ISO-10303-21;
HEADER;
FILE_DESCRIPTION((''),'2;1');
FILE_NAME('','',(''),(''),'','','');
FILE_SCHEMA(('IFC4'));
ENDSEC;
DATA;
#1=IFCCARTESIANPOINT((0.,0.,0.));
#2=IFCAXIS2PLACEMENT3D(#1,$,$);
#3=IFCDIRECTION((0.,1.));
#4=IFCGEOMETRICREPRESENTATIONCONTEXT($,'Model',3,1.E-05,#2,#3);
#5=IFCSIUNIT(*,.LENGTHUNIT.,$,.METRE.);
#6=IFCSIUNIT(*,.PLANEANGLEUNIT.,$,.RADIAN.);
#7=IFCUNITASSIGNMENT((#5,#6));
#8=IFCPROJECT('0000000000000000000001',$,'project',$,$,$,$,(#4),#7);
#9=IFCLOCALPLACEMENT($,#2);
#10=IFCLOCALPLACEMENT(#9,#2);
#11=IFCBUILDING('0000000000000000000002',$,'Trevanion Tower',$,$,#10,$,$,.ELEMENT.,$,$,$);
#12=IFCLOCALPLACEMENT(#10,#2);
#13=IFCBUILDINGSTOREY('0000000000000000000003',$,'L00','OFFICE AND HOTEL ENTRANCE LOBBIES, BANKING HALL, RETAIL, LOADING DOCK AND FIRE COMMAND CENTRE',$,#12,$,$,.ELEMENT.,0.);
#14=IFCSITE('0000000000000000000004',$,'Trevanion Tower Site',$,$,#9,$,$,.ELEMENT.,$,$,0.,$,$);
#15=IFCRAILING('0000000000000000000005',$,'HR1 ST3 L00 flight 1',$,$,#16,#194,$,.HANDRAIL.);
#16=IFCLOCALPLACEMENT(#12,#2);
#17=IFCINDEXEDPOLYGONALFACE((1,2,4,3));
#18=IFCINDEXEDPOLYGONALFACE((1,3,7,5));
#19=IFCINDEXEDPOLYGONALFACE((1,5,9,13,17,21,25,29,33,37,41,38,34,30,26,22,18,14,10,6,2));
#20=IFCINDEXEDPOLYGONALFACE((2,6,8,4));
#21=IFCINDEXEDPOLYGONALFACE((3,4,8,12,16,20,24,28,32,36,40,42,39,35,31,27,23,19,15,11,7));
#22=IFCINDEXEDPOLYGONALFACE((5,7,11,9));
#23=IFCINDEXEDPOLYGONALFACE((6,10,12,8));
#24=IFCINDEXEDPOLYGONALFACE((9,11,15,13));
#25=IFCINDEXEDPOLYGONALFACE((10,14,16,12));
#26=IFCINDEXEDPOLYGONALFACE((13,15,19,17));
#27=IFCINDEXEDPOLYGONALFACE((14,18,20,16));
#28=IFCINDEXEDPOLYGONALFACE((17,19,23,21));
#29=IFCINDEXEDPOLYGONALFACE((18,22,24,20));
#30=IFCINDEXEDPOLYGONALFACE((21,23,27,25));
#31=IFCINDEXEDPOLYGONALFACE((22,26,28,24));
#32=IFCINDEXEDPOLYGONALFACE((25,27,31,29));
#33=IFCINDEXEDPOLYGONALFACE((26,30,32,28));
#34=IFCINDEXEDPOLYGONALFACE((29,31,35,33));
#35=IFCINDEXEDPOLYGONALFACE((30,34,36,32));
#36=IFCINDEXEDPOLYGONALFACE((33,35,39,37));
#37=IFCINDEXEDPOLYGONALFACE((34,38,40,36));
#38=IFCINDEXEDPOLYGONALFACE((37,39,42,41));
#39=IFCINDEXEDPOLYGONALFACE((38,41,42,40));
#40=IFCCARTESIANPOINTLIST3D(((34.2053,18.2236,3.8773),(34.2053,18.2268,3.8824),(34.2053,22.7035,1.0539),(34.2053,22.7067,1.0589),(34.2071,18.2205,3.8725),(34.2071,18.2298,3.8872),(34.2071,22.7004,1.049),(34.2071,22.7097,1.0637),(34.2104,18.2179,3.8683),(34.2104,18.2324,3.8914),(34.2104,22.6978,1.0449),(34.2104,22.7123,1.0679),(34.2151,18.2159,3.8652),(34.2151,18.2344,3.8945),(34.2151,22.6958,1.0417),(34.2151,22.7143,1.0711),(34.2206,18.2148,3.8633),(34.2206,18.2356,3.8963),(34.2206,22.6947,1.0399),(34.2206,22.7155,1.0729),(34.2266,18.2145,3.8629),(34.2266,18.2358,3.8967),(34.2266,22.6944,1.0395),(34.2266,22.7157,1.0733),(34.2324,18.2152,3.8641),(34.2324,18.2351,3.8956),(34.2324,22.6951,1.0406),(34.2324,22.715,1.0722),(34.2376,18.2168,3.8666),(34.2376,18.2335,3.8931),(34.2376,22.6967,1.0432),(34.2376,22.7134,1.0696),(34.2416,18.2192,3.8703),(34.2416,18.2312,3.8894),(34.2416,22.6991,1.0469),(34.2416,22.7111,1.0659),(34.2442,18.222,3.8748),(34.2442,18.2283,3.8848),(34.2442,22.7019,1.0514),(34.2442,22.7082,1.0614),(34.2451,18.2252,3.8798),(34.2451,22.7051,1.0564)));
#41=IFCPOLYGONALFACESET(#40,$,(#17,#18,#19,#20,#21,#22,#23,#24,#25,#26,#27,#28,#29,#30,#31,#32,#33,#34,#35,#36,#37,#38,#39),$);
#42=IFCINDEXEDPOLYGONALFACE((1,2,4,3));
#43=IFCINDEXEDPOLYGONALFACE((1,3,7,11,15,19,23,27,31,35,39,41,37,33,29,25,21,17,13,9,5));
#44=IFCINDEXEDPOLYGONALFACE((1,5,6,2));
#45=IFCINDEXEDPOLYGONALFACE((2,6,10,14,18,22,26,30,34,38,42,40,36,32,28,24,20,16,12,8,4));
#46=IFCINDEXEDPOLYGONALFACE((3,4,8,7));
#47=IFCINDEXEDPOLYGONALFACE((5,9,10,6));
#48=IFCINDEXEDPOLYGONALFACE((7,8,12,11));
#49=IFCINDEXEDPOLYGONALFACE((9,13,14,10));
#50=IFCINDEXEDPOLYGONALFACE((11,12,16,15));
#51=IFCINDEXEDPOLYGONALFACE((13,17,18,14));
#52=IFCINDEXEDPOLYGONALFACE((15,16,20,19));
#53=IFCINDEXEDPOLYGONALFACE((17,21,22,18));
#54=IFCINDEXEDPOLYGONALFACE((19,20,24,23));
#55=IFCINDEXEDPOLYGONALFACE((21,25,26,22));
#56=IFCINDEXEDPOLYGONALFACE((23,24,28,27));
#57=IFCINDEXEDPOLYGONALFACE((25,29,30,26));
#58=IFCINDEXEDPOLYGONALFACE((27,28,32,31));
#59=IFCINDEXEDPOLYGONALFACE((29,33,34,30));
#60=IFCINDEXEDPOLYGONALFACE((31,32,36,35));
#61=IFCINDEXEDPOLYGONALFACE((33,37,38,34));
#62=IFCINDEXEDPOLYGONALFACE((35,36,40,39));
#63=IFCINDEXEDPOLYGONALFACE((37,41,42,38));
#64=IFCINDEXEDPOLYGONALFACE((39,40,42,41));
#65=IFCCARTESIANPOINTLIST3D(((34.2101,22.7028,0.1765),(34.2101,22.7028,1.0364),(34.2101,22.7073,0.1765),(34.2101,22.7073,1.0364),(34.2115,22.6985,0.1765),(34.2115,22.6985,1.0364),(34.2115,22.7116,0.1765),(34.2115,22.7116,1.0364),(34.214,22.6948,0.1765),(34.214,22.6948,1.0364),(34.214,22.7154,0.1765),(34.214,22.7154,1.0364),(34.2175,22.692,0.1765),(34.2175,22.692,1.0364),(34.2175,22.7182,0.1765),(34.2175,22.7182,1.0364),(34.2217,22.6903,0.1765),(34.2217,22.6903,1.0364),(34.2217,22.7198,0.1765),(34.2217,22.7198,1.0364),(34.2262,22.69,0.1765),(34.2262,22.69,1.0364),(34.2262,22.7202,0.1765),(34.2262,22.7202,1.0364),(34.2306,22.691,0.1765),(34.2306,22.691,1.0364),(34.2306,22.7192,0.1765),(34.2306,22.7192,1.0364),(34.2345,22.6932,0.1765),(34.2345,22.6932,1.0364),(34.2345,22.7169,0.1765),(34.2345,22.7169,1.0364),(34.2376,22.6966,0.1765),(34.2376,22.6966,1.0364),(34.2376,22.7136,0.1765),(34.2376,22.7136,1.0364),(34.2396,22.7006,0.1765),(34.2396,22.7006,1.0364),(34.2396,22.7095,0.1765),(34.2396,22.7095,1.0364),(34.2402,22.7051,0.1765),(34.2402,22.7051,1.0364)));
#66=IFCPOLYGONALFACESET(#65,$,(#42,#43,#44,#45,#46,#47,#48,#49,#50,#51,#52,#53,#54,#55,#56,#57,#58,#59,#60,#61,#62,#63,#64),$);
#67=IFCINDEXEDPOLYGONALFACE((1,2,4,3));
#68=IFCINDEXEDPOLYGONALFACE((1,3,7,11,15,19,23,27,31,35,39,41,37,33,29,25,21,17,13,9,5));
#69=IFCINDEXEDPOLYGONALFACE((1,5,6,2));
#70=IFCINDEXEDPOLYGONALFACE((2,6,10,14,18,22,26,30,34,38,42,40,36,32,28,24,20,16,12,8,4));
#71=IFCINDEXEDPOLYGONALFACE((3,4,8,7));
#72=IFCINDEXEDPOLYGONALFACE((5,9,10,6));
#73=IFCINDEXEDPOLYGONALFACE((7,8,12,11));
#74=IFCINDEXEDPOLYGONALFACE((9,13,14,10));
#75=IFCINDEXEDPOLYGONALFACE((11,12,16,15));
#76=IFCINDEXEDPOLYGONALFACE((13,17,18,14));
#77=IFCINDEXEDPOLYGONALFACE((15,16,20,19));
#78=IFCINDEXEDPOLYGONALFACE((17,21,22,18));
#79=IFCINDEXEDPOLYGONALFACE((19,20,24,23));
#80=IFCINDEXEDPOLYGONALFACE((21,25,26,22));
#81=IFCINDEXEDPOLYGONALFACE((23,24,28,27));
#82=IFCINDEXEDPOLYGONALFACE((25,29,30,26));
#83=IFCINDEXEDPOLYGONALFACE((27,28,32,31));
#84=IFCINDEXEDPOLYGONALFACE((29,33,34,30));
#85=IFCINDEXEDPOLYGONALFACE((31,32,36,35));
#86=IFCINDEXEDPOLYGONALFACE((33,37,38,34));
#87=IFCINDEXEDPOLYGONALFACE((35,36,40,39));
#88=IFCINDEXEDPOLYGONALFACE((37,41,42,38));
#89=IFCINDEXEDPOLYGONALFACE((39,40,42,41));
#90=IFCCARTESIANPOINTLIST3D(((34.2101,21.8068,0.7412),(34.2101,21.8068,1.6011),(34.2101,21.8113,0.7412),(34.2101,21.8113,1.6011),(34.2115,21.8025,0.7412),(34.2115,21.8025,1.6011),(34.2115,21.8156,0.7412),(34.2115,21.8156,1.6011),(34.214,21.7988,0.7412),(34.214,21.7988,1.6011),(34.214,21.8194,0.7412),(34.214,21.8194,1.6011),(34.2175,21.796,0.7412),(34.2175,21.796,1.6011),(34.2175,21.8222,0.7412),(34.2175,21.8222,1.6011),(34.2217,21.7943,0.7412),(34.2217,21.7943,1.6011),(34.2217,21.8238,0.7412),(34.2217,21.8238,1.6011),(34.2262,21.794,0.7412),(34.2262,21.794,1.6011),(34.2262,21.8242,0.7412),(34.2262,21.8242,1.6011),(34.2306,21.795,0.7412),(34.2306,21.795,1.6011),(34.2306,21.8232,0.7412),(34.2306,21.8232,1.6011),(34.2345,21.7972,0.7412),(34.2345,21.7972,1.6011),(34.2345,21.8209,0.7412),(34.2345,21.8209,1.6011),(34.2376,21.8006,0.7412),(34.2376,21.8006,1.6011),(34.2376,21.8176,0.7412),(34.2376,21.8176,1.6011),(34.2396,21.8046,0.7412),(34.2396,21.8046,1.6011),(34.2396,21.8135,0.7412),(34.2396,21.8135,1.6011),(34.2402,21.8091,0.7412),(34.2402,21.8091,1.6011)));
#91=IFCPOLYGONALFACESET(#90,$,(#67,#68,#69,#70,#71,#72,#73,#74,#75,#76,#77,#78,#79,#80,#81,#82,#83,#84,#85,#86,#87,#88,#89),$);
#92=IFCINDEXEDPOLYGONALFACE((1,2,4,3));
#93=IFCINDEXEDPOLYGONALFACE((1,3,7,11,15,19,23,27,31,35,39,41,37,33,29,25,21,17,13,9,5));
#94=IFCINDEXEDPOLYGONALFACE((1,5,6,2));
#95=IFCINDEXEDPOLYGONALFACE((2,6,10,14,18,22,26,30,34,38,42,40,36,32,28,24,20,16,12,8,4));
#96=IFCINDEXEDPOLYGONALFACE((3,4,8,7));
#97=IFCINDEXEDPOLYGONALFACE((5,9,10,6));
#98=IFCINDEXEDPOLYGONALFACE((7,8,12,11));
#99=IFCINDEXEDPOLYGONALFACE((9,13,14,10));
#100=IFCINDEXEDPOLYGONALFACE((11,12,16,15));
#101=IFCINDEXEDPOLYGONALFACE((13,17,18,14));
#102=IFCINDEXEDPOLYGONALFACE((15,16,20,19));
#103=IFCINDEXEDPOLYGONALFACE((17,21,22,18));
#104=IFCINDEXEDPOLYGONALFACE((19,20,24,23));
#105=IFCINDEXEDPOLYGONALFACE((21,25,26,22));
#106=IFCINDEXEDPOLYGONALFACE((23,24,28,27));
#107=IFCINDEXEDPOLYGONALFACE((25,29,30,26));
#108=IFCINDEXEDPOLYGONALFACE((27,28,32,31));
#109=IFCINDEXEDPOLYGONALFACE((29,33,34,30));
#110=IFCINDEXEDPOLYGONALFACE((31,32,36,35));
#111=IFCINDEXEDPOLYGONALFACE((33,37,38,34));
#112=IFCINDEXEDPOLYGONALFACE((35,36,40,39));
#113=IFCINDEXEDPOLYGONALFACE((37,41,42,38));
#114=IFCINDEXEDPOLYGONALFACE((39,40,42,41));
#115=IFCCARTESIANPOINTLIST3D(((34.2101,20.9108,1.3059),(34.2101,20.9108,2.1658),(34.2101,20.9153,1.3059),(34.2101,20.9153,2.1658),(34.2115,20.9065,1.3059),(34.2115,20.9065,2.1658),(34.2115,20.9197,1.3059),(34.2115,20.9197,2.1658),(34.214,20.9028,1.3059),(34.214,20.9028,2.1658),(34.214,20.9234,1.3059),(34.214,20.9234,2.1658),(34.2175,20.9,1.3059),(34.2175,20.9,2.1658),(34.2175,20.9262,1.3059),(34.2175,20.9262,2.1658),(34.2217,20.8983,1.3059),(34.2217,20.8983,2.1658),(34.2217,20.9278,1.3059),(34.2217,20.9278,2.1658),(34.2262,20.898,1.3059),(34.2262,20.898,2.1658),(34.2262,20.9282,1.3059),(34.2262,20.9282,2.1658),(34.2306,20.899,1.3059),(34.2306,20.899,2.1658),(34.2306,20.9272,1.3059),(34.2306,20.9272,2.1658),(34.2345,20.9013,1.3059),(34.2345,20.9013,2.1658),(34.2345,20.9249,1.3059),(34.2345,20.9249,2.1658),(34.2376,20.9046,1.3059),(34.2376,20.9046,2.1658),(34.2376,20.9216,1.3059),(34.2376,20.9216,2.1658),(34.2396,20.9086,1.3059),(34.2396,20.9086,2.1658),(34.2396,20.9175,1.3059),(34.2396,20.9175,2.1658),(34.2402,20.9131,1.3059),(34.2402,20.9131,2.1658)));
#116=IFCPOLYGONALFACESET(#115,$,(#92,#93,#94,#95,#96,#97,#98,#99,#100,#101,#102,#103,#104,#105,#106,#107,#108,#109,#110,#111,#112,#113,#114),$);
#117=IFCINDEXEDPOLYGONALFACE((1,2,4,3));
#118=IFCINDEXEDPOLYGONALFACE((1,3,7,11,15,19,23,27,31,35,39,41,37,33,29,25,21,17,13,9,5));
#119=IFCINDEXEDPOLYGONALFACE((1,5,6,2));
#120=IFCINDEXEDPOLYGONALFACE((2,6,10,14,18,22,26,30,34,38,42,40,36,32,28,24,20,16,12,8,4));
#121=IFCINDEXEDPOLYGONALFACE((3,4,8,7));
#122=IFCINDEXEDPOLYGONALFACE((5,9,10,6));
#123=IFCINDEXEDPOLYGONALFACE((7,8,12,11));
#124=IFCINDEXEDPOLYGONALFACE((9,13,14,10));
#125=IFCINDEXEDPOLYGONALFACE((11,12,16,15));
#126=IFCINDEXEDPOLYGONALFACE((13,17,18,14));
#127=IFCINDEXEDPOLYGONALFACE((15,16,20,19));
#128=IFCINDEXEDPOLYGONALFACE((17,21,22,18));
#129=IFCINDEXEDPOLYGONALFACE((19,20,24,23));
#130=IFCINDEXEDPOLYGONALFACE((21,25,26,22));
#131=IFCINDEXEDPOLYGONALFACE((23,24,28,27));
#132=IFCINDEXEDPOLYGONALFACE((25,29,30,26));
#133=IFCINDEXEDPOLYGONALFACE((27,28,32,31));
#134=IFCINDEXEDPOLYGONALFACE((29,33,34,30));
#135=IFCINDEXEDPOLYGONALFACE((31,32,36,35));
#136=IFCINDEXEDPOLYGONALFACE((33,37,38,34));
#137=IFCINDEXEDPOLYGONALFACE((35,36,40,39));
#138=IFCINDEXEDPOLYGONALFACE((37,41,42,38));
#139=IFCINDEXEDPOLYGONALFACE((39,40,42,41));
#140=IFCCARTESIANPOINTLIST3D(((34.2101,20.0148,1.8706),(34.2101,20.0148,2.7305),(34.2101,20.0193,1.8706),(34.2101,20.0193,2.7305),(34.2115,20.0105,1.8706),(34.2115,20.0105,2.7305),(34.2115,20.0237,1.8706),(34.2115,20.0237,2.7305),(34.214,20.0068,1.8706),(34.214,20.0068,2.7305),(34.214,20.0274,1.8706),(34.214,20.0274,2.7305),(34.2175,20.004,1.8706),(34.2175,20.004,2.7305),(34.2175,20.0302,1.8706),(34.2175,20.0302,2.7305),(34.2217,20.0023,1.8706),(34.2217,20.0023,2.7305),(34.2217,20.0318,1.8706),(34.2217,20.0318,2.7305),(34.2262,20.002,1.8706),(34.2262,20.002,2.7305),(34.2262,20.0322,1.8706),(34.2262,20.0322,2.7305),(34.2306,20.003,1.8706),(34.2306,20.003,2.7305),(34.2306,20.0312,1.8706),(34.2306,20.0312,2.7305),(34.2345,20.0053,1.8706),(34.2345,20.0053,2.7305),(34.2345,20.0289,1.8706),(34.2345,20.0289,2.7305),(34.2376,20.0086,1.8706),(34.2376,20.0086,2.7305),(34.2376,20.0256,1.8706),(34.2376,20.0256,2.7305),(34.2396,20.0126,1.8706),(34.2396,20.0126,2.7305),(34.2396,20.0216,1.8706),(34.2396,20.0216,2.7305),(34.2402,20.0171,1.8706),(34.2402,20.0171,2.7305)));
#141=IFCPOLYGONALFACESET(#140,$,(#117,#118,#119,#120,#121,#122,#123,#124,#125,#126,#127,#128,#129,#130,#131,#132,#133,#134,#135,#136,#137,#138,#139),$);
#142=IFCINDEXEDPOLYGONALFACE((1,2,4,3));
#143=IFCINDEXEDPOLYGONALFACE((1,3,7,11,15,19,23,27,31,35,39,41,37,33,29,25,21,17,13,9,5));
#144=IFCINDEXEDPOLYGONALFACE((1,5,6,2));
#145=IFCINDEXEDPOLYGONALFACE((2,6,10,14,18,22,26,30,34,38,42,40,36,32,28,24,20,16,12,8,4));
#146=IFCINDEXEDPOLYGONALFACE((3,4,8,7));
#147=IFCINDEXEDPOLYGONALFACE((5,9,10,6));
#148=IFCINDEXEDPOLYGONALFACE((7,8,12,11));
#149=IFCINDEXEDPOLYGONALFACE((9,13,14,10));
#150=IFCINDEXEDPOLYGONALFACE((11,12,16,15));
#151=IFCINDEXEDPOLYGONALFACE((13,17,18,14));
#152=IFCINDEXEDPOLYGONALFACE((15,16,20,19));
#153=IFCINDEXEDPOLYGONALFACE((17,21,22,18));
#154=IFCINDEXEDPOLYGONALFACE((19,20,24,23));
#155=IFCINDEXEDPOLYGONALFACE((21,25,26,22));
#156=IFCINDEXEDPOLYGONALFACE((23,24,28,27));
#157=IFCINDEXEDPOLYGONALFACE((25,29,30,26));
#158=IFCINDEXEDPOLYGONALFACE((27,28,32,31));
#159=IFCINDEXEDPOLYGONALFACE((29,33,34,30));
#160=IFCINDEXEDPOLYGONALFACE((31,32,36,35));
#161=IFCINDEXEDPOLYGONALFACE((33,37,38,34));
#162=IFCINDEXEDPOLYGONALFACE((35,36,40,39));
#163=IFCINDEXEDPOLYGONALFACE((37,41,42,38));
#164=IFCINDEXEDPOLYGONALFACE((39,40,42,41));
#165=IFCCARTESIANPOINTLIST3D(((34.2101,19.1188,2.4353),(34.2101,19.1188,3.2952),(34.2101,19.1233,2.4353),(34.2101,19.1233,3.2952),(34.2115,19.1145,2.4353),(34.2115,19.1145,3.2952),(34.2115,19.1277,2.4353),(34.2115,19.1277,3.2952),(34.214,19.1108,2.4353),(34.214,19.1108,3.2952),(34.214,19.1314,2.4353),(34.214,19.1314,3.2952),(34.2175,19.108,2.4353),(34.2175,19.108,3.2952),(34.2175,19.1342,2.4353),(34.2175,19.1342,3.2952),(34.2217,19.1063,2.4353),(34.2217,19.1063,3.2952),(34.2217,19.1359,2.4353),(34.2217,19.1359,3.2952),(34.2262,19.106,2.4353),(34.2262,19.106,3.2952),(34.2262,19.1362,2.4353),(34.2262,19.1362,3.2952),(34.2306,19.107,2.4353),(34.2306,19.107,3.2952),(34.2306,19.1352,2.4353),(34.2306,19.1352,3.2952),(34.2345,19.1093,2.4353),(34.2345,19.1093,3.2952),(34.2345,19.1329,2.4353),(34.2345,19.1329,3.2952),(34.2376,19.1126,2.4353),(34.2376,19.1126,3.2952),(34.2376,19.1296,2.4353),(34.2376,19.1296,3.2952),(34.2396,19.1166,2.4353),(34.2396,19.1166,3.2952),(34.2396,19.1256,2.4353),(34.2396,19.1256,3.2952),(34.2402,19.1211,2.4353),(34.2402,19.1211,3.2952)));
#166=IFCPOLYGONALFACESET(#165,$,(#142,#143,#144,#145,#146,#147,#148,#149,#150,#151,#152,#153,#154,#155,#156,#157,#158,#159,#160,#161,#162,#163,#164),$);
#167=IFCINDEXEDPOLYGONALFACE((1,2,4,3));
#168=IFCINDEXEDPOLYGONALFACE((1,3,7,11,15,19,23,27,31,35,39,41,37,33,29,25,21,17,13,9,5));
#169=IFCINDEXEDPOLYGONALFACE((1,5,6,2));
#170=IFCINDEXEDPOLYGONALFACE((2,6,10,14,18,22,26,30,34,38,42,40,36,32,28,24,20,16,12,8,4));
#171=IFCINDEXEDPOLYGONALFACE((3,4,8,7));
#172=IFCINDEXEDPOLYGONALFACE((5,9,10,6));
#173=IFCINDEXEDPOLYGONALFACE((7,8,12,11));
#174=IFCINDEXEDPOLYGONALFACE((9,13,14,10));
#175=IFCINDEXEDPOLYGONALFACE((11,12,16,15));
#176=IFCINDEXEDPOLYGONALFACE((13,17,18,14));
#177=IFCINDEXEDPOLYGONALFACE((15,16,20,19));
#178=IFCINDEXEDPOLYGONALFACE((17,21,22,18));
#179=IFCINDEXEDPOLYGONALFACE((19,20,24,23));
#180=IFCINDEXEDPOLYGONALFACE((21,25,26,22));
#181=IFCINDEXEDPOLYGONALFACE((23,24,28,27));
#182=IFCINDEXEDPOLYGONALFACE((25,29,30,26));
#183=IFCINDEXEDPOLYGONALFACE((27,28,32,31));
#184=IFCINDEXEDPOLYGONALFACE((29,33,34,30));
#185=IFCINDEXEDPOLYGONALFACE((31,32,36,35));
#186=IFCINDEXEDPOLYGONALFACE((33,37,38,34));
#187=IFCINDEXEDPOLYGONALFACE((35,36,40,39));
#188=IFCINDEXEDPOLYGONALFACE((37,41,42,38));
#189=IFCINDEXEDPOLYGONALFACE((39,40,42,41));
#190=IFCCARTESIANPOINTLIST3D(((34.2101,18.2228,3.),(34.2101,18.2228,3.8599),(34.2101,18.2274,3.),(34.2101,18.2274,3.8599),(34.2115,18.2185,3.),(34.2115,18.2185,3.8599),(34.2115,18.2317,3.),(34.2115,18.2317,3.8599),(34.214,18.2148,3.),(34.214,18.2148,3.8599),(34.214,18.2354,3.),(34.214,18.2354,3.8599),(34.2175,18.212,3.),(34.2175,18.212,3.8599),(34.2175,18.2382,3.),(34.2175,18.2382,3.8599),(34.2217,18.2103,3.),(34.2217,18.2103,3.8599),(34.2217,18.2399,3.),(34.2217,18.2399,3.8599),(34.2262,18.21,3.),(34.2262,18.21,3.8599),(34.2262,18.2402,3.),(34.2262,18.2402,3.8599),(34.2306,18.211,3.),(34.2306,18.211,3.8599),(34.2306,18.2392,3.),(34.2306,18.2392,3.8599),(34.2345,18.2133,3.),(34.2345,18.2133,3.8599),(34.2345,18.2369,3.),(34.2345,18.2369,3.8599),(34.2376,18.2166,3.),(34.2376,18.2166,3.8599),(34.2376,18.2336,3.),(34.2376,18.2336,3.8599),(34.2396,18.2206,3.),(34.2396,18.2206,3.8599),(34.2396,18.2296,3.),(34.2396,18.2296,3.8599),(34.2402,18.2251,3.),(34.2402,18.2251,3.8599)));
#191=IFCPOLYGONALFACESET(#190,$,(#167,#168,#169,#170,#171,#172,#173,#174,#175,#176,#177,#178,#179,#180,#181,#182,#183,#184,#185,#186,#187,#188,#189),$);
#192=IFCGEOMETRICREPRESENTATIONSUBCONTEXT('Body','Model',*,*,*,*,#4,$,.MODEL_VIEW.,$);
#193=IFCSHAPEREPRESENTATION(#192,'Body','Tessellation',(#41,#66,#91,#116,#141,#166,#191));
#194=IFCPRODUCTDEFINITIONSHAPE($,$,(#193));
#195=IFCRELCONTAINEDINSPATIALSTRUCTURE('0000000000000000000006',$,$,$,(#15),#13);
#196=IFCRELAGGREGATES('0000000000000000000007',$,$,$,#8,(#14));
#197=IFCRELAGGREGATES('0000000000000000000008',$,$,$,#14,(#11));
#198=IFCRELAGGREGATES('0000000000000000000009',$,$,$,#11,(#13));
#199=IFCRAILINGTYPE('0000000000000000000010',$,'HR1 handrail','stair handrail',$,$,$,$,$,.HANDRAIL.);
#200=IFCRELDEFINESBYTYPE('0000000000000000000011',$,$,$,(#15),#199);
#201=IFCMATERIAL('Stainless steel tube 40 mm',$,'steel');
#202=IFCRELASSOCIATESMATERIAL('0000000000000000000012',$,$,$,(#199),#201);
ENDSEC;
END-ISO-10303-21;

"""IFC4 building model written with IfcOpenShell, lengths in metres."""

from ifc_helpers import new_model, si_unit, direction, frame, origin, origin_2d, place, context, subcontext, project, spatial, circle, extrude, material, type_object, element, save


model = new_model("IFC4")

# Units and contexts
model_context = context("Model", 3, precision=1e-05, world=origin(), true_north=direction((0.0, 1.0)))
body_context = subcontext(model_context, "Body", "Model", "MODEL_VIEW")
ifc_project = project(units=[si_unit("LENGTHUNIT", "METRE"), si_unit("PLANEANGLEUNIT", "RADIAN")], contexts=[model_context])

# Site, building, storey
site_placement = place(None, origin())
site = spatial("IfcSite", under=ifc_project, at=site_placement, Name="Trevanion Tower Site", CompositionType="ELEMENT", RefElevation=0.0)
building_placement = place(site_placement, origin())
building = spatial("IfcBuilding", under=site, at=building_placement, Name="Trevanion Tower", CompositionType="ELEMENT")
storey_placement = place(building_placement, origin())
storey = spatial("IfcBuildingStorey", under=building, at=storey_placement, Name="L00", Description="OFFICE AND HOTEL ENTRANCE LOBBIES, BANKING HALL, RETAIL, LOADING DOCK AND FIRE COMMAND CENTRE", CompositionType="ELEMENT", Elevation=0.0)

# Railing
ifc_material_1 = material(Name="Stainless steel tube 40 mm", Category="steel")
railing_type = type_object("IfcRailingType", Name="HR1 handrail", Description="stair handrail", PredefinedType="HANDRAIL", material=ifc_material_1)
for number, where, name in (
    (1, (34.2251, 22.7051, 0.1765), "HR1 ST3 L00 flight 1"),
):
    element("IfcRailing", number, at=place(storey_placement, frame(where)), inside=storey, type_object=railing_type, Name=name, PredefinedType="HANDRAIL", context=body_context, shape_type="SweptSolid", body=[
        extrude(circle(Radius=0.02, at=origin_2d()), frame((0.0, 0.0, 0.8799), z_axis=(0.0, -0.845998, 0.533186), x_axis=(1.0, 0.0, 0.0)), (0.0, 0.0, 1.0), 5.2954),
        extrude(circle(Radius=0.0151, at=origin_2d()), origin(), (0.0, 0.0, 1.0), 0.8599),
        extrude(circle(Radius=0.0151, at=origin_2d()), frame((0.0, -0.896, 0.5647)), (0.0, 0.0, 1.0), 0.8599),
        extrude(circle(Radius=0.0151, at=origin_2d()), frame((0.0, -1.792, 1.1294)), (0.0, 0.0, 1.0), 0.8599),
        extrude(circle(Radius=0.0151, at=origin_2d()), frame((0.0, -2.688, 1.6941)), (0.0, 0.0, 1.0), 0.8599),
        extrude(circle(Radius=0.0151, at=origin_2d()), frame((0.0, -3.584, 2.2588)), (0.0, 0.0, 1.0), 0.8599),
        extrude(circle(Radius=0.0151, at=origin_2d()), frame((0.0, -4.48, 2.8235)), (0.0, 0.0, 1.0), 0.8599),
    ])

save(model, "model.ifc")
